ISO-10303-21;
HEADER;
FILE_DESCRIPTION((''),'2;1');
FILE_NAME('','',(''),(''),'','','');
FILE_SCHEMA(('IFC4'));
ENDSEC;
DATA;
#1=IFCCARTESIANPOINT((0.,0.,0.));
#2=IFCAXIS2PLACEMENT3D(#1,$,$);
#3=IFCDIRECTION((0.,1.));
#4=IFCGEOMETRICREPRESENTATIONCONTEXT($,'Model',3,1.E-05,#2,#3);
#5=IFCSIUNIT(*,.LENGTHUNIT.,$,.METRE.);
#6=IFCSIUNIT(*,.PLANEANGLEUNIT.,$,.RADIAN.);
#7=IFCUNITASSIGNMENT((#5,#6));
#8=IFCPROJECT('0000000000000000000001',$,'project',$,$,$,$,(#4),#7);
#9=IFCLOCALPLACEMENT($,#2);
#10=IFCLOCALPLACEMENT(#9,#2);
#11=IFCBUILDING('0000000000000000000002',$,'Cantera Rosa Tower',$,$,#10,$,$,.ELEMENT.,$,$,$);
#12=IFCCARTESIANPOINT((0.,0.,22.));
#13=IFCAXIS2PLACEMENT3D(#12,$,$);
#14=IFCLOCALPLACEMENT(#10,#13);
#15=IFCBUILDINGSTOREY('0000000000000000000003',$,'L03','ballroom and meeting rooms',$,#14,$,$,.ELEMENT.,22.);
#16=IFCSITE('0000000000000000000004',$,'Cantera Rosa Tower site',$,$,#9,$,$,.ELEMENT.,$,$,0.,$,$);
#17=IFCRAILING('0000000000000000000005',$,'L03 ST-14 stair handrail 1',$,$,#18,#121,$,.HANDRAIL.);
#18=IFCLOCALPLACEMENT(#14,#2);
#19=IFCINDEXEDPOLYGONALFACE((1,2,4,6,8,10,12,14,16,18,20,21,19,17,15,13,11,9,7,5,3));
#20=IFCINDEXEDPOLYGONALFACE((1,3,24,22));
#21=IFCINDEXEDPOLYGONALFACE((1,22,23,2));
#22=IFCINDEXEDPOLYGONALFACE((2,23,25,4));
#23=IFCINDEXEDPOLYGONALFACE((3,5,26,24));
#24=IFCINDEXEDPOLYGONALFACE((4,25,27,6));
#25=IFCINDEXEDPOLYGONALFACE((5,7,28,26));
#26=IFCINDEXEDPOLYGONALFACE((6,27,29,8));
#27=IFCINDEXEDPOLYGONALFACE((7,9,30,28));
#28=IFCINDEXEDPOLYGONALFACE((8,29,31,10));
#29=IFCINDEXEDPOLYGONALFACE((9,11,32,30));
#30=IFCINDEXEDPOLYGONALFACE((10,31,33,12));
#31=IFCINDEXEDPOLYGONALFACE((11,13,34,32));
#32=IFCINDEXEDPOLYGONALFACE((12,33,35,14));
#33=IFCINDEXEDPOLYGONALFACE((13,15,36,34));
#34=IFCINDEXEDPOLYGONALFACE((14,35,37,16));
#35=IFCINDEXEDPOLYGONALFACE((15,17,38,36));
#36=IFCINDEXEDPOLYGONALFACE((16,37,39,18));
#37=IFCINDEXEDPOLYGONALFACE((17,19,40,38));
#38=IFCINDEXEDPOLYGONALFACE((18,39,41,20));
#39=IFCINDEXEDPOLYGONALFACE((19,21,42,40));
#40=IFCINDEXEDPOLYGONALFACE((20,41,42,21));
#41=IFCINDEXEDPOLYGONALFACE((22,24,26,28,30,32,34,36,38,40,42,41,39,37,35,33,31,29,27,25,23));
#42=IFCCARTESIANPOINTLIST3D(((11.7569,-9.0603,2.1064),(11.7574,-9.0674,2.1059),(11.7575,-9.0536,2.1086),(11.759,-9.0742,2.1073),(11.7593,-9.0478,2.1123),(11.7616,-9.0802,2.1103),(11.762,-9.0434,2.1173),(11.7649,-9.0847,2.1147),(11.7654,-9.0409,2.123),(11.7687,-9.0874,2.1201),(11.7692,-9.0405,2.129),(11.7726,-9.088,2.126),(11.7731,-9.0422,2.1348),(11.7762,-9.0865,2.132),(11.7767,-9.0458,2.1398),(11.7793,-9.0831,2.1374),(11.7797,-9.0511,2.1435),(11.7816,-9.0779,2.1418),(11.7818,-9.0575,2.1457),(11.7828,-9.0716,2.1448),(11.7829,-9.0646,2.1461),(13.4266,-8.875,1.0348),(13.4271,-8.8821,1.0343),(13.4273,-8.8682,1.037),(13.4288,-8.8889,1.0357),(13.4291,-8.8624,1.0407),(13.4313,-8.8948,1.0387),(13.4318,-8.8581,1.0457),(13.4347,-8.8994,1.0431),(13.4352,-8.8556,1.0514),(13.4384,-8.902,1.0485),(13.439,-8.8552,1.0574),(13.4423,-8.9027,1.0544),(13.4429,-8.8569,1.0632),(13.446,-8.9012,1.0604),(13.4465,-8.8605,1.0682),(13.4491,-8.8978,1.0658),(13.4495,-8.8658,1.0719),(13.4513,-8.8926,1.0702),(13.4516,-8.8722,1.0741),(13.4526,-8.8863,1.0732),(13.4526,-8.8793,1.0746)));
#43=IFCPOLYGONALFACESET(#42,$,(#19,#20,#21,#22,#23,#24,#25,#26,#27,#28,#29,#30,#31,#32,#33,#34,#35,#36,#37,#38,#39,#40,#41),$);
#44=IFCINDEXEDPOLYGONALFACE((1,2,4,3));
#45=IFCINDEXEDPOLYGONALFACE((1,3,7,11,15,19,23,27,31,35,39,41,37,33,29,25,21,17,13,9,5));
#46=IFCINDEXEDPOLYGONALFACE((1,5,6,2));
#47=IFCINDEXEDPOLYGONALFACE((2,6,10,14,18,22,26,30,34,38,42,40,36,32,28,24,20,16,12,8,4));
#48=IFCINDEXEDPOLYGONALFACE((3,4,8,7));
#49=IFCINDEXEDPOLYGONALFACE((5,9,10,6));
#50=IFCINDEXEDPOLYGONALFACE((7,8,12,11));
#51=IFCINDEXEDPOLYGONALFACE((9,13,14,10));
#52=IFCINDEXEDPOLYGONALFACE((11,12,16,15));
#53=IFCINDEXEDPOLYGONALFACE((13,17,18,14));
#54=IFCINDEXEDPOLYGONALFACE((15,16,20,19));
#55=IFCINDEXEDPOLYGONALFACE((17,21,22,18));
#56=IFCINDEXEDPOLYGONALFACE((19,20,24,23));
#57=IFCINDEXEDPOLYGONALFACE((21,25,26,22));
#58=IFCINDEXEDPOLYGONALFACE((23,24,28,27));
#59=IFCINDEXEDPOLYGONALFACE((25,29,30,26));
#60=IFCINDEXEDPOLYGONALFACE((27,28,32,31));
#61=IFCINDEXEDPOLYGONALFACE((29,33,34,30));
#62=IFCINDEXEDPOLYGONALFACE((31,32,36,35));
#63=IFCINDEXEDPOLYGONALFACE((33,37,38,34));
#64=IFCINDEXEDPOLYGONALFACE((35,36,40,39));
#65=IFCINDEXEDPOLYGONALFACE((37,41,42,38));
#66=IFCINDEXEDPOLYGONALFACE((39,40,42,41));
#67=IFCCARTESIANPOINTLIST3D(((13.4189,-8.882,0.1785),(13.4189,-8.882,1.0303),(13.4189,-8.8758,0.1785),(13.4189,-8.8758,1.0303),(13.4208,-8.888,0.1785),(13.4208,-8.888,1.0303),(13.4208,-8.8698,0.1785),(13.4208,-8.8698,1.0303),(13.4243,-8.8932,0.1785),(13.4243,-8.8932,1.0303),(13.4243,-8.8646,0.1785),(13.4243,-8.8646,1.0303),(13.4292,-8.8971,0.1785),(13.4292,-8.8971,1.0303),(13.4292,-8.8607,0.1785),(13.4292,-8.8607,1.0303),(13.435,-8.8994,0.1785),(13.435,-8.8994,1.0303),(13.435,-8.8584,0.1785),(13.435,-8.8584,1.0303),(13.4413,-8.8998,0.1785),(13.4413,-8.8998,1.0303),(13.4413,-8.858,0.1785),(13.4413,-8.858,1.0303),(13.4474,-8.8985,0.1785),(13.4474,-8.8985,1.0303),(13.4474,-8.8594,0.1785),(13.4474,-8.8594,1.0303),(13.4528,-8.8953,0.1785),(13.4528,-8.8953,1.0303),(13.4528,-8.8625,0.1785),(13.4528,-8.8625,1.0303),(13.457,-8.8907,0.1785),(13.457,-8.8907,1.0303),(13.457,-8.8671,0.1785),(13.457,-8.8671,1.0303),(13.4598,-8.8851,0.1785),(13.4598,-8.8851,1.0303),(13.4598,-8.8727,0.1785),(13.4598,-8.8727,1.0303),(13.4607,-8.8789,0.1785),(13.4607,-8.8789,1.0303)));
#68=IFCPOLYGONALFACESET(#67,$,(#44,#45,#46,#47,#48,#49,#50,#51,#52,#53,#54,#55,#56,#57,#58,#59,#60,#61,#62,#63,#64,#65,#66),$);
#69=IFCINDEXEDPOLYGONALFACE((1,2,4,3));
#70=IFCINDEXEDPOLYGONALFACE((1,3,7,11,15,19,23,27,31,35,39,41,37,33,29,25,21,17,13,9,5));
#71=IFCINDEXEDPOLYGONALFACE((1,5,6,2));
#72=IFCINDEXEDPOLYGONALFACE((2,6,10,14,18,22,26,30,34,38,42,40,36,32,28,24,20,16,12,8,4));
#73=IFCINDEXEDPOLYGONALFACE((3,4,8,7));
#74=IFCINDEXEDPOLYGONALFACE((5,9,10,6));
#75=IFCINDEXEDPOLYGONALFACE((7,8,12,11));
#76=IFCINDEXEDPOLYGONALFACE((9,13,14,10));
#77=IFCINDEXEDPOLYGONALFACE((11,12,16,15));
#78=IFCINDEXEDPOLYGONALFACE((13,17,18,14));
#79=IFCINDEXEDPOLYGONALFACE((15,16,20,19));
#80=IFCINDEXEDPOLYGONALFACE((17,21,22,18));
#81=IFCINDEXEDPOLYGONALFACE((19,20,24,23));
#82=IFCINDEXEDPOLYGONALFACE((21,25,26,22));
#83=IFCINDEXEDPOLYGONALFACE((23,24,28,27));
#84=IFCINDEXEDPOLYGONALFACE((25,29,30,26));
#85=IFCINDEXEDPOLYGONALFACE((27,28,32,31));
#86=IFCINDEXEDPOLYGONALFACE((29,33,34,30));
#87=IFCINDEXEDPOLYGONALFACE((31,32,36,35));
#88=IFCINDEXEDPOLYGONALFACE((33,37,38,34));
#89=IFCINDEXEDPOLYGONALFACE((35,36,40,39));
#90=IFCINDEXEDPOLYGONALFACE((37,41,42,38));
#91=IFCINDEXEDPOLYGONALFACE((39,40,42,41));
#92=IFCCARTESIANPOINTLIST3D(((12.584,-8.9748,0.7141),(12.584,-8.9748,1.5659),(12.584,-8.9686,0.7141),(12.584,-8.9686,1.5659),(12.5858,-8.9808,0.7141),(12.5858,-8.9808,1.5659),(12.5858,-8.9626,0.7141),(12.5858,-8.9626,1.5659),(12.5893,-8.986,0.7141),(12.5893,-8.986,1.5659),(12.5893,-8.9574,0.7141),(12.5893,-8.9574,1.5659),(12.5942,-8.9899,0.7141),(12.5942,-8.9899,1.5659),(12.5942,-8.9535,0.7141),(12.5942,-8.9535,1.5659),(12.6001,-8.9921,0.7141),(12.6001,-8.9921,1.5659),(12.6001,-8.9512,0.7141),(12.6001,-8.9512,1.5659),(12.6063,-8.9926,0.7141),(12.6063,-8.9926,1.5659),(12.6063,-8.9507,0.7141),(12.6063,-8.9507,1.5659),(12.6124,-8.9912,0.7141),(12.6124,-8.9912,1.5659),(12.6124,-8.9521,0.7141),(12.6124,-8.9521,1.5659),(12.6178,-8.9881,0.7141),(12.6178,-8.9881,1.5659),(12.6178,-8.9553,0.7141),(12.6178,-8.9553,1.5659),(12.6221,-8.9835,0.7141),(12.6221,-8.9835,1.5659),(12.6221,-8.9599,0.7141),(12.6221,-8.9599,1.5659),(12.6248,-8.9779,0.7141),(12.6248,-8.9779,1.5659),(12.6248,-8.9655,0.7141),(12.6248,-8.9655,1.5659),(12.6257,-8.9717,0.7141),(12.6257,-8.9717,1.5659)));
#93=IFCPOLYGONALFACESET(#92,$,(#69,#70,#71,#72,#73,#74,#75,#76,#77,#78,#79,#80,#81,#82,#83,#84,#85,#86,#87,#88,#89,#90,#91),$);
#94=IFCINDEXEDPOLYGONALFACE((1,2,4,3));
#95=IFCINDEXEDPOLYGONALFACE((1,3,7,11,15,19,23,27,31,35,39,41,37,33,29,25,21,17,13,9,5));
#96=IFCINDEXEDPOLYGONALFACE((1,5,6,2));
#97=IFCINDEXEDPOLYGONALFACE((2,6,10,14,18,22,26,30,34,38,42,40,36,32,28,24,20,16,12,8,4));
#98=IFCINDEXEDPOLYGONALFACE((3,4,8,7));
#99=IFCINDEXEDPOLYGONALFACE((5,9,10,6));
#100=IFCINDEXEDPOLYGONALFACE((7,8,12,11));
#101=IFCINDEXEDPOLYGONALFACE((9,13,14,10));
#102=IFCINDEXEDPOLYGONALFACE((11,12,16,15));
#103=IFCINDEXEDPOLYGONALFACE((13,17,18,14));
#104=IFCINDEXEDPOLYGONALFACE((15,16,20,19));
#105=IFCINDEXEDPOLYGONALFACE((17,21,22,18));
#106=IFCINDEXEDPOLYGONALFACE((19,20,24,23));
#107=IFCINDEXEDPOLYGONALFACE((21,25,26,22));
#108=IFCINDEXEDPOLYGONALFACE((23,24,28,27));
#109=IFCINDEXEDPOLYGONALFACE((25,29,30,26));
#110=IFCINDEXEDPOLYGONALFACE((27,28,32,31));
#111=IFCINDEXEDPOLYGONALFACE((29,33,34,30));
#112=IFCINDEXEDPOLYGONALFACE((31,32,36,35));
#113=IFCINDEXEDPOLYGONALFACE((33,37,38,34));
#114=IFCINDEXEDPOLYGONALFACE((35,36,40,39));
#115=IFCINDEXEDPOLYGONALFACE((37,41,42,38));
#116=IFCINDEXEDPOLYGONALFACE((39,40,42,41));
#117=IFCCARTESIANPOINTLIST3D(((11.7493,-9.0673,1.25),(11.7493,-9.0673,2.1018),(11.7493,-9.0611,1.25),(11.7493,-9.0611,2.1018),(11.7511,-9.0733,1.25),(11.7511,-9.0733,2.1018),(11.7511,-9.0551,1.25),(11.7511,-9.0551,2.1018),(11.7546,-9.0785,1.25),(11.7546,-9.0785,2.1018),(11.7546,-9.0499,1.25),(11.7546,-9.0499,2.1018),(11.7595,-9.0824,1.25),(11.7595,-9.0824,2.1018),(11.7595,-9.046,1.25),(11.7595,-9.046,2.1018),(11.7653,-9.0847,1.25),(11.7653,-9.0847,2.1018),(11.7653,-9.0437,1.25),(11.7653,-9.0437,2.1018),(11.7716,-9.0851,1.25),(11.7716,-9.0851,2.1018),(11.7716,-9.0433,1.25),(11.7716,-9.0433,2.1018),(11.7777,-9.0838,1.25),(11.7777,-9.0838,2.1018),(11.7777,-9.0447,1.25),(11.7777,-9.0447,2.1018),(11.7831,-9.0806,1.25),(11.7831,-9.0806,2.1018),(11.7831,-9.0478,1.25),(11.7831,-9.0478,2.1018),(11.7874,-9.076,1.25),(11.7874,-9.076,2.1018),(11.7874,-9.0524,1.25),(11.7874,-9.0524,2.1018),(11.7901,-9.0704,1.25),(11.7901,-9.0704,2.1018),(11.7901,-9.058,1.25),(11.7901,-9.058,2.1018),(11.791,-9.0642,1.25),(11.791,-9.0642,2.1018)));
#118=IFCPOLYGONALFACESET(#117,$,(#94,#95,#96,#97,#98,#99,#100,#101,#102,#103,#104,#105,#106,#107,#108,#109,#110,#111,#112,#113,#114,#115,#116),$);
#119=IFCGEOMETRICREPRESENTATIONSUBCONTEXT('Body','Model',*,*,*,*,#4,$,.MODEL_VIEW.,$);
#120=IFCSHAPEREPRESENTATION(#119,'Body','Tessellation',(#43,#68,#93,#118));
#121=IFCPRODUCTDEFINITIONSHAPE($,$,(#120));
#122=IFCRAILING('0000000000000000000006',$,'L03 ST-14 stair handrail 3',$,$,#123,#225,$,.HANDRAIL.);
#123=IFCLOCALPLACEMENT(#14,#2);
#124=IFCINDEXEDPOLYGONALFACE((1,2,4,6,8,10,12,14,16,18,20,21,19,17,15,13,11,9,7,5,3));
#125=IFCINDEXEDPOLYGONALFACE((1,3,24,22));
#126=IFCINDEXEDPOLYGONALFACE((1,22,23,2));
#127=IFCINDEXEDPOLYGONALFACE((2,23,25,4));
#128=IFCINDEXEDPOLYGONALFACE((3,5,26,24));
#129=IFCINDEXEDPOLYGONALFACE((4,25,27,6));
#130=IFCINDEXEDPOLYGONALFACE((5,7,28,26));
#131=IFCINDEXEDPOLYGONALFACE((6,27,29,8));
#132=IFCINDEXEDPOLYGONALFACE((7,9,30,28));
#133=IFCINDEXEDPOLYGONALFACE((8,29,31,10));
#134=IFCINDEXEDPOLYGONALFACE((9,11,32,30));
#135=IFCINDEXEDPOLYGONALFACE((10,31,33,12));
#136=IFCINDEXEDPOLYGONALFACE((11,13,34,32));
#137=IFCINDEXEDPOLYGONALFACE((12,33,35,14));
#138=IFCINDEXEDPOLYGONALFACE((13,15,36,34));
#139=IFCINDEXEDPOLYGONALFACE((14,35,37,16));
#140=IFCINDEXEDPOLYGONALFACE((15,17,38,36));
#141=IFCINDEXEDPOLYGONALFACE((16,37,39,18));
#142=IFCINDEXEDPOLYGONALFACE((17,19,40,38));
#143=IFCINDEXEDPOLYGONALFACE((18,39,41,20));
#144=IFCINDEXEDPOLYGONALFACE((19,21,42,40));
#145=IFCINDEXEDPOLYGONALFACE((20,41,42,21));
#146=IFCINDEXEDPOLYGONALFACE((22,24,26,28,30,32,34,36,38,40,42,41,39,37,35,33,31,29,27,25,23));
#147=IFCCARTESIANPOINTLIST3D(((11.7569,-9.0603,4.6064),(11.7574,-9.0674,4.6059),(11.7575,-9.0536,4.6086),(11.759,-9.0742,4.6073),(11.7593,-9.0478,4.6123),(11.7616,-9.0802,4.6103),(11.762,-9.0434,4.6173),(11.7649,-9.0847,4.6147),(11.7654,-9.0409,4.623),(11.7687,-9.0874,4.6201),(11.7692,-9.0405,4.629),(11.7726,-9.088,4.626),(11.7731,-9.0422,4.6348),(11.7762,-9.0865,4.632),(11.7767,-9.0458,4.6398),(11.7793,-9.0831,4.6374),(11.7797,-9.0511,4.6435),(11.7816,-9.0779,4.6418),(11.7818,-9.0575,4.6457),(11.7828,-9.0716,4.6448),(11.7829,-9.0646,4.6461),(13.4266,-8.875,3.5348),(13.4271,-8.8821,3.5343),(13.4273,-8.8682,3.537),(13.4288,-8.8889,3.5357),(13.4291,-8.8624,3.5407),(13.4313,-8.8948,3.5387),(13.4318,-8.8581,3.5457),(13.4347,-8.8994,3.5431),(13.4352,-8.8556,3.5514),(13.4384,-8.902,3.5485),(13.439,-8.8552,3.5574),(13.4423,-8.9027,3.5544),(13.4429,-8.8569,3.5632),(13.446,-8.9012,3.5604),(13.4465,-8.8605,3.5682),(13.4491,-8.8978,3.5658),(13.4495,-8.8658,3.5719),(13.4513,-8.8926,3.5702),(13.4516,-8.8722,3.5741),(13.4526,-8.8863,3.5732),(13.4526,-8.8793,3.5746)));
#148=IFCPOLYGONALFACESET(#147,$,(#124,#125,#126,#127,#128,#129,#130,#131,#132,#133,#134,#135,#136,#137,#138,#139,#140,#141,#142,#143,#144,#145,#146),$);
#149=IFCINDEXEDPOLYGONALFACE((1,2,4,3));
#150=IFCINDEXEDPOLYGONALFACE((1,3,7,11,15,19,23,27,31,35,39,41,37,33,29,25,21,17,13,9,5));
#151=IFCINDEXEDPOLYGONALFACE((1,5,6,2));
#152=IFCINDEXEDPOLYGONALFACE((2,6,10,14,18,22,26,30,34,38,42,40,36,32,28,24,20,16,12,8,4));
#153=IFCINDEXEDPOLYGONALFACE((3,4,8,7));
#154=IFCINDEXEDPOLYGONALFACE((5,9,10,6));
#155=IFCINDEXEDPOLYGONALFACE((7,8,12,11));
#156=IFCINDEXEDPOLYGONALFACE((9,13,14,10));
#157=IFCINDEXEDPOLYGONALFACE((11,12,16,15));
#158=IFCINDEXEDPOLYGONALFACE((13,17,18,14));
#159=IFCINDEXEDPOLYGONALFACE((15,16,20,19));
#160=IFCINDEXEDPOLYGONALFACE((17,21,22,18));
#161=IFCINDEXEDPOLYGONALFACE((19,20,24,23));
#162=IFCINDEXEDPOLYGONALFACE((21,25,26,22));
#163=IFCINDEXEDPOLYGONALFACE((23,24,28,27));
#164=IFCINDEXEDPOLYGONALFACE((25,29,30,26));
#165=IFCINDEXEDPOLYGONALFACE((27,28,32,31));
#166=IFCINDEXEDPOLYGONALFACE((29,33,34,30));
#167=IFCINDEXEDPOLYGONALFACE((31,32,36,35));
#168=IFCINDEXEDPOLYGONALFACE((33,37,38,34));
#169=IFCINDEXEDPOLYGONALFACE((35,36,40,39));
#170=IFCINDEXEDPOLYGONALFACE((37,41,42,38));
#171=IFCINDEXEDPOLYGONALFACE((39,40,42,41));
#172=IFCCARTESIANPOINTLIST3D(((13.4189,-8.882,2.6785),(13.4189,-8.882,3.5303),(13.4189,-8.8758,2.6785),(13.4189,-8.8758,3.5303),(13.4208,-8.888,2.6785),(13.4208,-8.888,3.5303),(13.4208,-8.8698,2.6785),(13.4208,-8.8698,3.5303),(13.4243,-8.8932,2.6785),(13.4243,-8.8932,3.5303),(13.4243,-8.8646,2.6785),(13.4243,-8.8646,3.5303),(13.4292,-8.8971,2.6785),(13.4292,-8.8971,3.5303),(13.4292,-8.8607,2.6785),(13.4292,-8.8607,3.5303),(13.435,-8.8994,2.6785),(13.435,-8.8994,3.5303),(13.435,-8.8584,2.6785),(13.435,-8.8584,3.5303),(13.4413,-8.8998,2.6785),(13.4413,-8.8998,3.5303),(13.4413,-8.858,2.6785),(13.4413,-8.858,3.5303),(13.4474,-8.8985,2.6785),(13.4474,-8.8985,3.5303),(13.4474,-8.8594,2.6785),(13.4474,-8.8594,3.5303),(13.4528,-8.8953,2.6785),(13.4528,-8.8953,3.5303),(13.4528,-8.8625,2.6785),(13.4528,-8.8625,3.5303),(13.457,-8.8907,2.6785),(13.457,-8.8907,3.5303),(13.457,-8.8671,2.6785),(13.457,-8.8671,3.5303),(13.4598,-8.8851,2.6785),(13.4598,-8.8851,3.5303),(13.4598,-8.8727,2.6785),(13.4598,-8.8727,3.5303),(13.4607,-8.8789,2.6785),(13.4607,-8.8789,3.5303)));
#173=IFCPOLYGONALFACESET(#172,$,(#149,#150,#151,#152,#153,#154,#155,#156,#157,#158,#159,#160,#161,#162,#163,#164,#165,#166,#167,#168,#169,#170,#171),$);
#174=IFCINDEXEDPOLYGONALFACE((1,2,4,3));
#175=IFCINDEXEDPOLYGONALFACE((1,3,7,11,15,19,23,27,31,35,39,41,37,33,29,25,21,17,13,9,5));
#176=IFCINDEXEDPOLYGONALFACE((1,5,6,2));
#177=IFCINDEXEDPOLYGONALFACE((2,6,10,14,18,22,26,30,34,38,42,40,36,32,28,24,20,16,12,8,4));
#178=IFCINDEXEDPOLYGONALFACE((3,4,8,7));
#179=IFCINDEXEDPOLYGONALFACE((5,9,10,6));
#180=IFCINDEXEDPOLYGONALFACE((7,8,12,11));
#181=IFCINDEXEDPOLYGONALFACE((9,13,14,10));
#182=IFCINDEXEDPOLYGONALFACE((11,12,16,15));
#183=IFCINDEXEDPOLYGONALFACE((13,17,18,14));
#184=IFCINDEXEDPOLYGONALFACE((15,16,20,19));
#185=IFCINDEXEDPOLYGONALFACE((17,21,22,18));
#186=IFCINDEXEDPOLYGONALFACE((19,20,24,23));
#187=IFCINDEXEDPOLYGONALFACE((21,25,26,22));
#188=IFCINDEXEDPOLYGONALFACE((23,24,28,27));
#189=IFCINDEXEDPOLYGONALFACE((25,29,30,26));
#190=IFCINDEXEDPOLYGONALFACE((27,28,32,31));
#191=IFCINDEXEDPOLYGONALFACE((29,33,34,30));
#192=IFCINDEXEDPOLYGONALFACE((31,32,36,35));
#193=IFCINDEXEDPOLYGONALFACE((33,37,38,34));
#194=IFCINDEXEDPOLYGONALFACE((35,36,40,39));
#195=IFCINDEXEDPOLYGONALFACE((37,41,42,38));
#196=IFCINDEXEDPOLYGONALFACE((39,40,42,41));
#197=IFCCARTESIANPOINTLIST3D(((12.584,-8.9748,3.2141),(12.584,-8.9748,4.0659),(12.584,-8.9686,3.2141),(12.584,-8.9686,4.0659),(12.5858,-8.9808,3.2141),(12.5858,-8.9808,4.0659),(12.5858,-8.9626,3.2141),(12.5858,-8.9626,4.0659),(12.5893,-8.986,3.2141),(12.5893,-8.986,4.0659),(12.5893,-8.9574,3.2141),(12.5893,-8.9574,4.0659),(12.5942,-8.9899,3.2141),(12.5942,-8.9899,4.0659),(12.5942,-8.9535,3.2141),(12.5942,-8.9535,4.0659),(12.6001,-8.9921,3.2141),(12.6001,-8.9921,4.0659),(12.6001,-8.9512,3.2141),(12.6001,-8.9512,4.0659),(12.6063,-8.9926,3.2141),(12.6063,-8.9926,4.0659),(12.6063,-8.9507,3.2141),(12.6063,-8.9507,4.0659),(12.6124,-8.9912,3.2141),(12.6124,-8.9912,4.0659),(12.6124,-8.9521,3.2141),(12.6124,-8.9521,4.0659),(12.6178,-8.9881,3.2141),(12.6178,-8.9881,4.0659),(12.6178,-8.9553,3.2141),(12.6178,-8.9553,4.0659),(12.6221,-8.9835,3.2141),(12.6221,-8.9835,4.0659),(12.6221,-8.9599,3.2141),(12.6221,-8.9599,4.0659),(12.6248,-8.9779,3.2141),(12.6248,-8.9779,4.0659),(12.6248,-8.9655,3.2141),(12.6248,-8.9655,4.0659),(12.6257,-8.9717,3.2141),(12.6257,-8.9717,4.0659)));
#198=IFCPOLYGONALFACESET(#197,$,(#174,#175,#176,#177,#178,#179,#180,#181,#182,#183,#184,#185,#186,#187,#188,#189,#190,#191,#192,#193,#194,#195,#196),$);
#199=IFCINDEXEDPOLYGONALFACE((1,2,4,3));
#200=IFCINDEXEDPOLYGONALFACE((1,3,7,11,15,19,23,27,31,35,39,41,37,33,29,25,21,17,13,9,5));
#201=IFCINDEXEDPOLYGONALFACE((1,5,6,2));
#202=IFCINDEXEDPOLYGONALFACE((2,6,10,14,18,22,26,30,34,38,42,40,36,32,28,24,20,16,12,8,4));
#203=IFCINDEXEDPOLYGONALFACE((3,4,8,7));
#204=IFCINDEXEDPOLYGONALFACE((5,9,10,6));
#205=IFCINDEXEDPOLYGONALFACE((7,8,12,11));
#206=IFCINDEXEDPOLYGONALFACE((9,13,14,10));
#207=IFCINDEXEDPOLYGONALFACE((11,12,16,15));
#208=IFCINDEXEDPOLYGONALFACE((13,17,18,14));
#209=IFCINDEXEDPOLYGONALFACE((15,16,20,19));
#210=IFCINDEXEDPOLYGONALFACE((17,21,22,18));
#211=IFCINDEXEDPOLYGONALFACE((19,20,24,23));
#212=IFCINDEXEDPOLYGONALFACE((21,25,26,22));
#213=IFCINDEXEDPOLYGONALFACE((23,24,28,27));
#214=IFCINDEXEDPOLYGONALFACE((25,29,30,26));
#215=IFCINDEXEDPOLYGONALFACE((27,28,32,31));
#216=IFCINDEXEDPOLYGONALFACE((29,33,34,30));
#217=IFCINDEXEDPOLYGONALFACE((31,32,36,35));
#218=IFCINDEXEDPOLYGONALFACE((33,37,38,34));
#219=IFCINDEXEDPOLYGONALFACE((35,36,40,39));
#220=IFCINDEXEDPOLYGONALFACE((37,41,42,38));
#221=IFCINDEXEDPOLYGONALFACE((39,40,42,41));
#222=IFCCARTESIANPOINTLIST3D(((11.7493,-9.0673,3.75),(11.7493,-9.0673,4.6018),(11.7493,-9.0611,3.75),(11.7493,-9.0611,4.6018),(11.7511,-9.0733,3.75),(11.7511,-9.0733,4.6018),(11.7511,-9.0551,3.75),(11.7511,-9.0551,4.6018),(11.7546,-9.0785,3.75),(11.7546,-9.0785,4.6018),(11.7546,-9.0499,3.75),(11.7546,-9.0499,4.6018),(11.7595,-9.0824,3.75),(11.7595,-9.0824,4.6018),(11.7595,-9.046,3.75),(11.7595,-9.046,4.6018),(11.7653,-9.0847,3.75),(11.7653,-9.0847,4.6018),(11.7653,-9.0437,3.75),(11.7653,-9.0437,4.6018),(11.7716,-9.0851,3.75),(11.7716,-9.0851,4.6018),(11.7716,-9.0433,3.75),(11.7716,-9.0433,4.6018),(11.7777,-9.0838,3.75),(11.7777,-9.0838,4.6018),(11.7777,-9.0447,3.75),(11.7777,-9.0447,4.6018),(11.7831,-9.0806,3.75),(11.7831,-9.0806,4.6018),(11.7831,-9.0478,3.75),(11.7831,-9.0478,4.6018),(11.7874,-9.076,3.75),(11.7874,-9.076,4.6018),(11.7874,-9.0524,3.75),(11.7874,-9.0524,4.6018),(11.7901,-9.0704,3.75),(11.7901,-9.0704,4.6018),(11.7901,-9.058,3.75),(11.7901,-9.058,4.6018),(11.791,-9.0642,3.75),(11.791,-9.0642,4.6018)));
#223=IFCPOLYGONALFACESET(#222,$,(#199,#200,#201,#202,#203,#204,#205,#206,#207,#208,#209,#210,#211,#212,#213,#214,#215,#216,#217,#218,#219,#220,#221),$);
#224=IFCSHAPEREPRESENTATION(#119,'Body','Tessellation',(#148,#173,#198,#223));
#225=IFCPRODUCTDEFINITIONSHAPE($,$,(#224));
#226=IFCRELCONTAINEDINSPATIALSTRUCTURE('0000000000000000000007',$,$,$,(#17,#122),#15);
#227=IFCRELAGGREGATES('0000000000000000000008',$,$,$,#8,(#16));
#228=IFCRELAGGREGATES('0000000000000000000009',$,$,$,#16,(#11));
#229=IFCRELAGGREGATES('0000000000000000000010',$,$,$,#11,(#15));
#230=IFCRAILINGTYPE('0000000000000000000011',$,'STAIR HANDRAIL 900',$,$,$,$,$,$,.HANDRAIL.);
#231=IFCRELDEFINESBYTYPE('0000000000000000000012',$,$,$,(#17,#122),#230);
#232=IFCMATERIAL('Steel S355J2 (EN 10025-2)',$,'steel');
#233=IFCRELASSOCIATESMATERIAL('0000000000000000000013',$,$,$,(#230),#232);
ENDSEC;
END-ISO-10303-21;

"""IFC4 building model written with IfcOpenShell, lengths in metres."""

from ifc_helpers import new_model, si_unit, direction, frame, origin, origin_2d, place, context, subcontext, project, spatial, circle, extrude, material, type_object, element, save


model = new_model("IFC4")

# Units and contexts
model_context = context("Model", 3, precision=1e-05, world=origin(), true_north=direction((0.0, 1.0)))
body_context = subcontext(model_context, "Body", "Model", "MODEL_VIEW")
ifc_project = project(units=[si_unit("LENGTHUNIT", "METRE"), si_unit("PLANEANGLEUNIT", "RADIAN")], contexts=[model_context])

# Site, building, storey
site_placement = place(None, origin())
site = spatial("IfcSite", under=ifc_project, at=site_placement, Name="Cantera Rosa Tower site", CompositionType="ELEMENT", RefElevation=0.0)
building_placement = place(site_placement, origin())
building = spatial("IfcBuilding", under=site, at=building_placement, Name="Cantera Rosa Tower", CompositionType="ELEMENT")
storey_placement = place(building_placement, frame((0.0, 0.0, 22.0)))
storey = spatial("IfcBuildingStorey", under=building, at=storey_placement, Name="L03", Description="ballroom and meeting rooms", CompositionType="ELEMENT", Elevation=22.0)

# Railings
ifc_material_1 = material(Name="Steel S355J2 (EN 10025-2)", Category="steel")
railing_type_1 = type_object("IfcRailingType", Name="STAIR HANDRAIL 900", PredefinedType="HANDRAIL", material=ifc_material_1)
for number, where, name in (
    (1, (13.4397, -8.8789, 0.1785), "L03 ST-14 stair handrail 1"),
    (2, (13.4397, -8.8789, 2.6785), "L03 ST-14 stair handrail 3"),
):
    element("IfcRailing", number, at=place(storey_placement, frame(where)), inside=storey, type_object=railing_type_1, Name=name, PredefinedType="HANDRAIL", context=body_context, shape_type="SweptSolid", body=[
        extrude(circle(Radius=0.0239, at=origin_2d()), frame((0.0, 0.0, 0.876), z_axis=(-0.837951, -0.092997, 0.537764), x_axis=(0.110304, -0.993898, 0.0)), (0.0, 0.0, 1.0), 1.9927),
        extrude(circle(Radius=0.021, at=origin_2d()), origin(), (0.0, 0.0, 1.0), 0.8518),
        extrude(circle(Radius=0.021, at=origin_2d()), frame((-0.835, -0.0928, 0.5356)), (0.0, 0.0, 1.0), 0.8518),
        extrude(circle(Radius=0.021, at=origin_2d()), frame((-1.6697, -0.1853, 1.0715)), (0.0, 0.0, 1.0), 0.8518),
    ])

save(model, "model.ifc")
